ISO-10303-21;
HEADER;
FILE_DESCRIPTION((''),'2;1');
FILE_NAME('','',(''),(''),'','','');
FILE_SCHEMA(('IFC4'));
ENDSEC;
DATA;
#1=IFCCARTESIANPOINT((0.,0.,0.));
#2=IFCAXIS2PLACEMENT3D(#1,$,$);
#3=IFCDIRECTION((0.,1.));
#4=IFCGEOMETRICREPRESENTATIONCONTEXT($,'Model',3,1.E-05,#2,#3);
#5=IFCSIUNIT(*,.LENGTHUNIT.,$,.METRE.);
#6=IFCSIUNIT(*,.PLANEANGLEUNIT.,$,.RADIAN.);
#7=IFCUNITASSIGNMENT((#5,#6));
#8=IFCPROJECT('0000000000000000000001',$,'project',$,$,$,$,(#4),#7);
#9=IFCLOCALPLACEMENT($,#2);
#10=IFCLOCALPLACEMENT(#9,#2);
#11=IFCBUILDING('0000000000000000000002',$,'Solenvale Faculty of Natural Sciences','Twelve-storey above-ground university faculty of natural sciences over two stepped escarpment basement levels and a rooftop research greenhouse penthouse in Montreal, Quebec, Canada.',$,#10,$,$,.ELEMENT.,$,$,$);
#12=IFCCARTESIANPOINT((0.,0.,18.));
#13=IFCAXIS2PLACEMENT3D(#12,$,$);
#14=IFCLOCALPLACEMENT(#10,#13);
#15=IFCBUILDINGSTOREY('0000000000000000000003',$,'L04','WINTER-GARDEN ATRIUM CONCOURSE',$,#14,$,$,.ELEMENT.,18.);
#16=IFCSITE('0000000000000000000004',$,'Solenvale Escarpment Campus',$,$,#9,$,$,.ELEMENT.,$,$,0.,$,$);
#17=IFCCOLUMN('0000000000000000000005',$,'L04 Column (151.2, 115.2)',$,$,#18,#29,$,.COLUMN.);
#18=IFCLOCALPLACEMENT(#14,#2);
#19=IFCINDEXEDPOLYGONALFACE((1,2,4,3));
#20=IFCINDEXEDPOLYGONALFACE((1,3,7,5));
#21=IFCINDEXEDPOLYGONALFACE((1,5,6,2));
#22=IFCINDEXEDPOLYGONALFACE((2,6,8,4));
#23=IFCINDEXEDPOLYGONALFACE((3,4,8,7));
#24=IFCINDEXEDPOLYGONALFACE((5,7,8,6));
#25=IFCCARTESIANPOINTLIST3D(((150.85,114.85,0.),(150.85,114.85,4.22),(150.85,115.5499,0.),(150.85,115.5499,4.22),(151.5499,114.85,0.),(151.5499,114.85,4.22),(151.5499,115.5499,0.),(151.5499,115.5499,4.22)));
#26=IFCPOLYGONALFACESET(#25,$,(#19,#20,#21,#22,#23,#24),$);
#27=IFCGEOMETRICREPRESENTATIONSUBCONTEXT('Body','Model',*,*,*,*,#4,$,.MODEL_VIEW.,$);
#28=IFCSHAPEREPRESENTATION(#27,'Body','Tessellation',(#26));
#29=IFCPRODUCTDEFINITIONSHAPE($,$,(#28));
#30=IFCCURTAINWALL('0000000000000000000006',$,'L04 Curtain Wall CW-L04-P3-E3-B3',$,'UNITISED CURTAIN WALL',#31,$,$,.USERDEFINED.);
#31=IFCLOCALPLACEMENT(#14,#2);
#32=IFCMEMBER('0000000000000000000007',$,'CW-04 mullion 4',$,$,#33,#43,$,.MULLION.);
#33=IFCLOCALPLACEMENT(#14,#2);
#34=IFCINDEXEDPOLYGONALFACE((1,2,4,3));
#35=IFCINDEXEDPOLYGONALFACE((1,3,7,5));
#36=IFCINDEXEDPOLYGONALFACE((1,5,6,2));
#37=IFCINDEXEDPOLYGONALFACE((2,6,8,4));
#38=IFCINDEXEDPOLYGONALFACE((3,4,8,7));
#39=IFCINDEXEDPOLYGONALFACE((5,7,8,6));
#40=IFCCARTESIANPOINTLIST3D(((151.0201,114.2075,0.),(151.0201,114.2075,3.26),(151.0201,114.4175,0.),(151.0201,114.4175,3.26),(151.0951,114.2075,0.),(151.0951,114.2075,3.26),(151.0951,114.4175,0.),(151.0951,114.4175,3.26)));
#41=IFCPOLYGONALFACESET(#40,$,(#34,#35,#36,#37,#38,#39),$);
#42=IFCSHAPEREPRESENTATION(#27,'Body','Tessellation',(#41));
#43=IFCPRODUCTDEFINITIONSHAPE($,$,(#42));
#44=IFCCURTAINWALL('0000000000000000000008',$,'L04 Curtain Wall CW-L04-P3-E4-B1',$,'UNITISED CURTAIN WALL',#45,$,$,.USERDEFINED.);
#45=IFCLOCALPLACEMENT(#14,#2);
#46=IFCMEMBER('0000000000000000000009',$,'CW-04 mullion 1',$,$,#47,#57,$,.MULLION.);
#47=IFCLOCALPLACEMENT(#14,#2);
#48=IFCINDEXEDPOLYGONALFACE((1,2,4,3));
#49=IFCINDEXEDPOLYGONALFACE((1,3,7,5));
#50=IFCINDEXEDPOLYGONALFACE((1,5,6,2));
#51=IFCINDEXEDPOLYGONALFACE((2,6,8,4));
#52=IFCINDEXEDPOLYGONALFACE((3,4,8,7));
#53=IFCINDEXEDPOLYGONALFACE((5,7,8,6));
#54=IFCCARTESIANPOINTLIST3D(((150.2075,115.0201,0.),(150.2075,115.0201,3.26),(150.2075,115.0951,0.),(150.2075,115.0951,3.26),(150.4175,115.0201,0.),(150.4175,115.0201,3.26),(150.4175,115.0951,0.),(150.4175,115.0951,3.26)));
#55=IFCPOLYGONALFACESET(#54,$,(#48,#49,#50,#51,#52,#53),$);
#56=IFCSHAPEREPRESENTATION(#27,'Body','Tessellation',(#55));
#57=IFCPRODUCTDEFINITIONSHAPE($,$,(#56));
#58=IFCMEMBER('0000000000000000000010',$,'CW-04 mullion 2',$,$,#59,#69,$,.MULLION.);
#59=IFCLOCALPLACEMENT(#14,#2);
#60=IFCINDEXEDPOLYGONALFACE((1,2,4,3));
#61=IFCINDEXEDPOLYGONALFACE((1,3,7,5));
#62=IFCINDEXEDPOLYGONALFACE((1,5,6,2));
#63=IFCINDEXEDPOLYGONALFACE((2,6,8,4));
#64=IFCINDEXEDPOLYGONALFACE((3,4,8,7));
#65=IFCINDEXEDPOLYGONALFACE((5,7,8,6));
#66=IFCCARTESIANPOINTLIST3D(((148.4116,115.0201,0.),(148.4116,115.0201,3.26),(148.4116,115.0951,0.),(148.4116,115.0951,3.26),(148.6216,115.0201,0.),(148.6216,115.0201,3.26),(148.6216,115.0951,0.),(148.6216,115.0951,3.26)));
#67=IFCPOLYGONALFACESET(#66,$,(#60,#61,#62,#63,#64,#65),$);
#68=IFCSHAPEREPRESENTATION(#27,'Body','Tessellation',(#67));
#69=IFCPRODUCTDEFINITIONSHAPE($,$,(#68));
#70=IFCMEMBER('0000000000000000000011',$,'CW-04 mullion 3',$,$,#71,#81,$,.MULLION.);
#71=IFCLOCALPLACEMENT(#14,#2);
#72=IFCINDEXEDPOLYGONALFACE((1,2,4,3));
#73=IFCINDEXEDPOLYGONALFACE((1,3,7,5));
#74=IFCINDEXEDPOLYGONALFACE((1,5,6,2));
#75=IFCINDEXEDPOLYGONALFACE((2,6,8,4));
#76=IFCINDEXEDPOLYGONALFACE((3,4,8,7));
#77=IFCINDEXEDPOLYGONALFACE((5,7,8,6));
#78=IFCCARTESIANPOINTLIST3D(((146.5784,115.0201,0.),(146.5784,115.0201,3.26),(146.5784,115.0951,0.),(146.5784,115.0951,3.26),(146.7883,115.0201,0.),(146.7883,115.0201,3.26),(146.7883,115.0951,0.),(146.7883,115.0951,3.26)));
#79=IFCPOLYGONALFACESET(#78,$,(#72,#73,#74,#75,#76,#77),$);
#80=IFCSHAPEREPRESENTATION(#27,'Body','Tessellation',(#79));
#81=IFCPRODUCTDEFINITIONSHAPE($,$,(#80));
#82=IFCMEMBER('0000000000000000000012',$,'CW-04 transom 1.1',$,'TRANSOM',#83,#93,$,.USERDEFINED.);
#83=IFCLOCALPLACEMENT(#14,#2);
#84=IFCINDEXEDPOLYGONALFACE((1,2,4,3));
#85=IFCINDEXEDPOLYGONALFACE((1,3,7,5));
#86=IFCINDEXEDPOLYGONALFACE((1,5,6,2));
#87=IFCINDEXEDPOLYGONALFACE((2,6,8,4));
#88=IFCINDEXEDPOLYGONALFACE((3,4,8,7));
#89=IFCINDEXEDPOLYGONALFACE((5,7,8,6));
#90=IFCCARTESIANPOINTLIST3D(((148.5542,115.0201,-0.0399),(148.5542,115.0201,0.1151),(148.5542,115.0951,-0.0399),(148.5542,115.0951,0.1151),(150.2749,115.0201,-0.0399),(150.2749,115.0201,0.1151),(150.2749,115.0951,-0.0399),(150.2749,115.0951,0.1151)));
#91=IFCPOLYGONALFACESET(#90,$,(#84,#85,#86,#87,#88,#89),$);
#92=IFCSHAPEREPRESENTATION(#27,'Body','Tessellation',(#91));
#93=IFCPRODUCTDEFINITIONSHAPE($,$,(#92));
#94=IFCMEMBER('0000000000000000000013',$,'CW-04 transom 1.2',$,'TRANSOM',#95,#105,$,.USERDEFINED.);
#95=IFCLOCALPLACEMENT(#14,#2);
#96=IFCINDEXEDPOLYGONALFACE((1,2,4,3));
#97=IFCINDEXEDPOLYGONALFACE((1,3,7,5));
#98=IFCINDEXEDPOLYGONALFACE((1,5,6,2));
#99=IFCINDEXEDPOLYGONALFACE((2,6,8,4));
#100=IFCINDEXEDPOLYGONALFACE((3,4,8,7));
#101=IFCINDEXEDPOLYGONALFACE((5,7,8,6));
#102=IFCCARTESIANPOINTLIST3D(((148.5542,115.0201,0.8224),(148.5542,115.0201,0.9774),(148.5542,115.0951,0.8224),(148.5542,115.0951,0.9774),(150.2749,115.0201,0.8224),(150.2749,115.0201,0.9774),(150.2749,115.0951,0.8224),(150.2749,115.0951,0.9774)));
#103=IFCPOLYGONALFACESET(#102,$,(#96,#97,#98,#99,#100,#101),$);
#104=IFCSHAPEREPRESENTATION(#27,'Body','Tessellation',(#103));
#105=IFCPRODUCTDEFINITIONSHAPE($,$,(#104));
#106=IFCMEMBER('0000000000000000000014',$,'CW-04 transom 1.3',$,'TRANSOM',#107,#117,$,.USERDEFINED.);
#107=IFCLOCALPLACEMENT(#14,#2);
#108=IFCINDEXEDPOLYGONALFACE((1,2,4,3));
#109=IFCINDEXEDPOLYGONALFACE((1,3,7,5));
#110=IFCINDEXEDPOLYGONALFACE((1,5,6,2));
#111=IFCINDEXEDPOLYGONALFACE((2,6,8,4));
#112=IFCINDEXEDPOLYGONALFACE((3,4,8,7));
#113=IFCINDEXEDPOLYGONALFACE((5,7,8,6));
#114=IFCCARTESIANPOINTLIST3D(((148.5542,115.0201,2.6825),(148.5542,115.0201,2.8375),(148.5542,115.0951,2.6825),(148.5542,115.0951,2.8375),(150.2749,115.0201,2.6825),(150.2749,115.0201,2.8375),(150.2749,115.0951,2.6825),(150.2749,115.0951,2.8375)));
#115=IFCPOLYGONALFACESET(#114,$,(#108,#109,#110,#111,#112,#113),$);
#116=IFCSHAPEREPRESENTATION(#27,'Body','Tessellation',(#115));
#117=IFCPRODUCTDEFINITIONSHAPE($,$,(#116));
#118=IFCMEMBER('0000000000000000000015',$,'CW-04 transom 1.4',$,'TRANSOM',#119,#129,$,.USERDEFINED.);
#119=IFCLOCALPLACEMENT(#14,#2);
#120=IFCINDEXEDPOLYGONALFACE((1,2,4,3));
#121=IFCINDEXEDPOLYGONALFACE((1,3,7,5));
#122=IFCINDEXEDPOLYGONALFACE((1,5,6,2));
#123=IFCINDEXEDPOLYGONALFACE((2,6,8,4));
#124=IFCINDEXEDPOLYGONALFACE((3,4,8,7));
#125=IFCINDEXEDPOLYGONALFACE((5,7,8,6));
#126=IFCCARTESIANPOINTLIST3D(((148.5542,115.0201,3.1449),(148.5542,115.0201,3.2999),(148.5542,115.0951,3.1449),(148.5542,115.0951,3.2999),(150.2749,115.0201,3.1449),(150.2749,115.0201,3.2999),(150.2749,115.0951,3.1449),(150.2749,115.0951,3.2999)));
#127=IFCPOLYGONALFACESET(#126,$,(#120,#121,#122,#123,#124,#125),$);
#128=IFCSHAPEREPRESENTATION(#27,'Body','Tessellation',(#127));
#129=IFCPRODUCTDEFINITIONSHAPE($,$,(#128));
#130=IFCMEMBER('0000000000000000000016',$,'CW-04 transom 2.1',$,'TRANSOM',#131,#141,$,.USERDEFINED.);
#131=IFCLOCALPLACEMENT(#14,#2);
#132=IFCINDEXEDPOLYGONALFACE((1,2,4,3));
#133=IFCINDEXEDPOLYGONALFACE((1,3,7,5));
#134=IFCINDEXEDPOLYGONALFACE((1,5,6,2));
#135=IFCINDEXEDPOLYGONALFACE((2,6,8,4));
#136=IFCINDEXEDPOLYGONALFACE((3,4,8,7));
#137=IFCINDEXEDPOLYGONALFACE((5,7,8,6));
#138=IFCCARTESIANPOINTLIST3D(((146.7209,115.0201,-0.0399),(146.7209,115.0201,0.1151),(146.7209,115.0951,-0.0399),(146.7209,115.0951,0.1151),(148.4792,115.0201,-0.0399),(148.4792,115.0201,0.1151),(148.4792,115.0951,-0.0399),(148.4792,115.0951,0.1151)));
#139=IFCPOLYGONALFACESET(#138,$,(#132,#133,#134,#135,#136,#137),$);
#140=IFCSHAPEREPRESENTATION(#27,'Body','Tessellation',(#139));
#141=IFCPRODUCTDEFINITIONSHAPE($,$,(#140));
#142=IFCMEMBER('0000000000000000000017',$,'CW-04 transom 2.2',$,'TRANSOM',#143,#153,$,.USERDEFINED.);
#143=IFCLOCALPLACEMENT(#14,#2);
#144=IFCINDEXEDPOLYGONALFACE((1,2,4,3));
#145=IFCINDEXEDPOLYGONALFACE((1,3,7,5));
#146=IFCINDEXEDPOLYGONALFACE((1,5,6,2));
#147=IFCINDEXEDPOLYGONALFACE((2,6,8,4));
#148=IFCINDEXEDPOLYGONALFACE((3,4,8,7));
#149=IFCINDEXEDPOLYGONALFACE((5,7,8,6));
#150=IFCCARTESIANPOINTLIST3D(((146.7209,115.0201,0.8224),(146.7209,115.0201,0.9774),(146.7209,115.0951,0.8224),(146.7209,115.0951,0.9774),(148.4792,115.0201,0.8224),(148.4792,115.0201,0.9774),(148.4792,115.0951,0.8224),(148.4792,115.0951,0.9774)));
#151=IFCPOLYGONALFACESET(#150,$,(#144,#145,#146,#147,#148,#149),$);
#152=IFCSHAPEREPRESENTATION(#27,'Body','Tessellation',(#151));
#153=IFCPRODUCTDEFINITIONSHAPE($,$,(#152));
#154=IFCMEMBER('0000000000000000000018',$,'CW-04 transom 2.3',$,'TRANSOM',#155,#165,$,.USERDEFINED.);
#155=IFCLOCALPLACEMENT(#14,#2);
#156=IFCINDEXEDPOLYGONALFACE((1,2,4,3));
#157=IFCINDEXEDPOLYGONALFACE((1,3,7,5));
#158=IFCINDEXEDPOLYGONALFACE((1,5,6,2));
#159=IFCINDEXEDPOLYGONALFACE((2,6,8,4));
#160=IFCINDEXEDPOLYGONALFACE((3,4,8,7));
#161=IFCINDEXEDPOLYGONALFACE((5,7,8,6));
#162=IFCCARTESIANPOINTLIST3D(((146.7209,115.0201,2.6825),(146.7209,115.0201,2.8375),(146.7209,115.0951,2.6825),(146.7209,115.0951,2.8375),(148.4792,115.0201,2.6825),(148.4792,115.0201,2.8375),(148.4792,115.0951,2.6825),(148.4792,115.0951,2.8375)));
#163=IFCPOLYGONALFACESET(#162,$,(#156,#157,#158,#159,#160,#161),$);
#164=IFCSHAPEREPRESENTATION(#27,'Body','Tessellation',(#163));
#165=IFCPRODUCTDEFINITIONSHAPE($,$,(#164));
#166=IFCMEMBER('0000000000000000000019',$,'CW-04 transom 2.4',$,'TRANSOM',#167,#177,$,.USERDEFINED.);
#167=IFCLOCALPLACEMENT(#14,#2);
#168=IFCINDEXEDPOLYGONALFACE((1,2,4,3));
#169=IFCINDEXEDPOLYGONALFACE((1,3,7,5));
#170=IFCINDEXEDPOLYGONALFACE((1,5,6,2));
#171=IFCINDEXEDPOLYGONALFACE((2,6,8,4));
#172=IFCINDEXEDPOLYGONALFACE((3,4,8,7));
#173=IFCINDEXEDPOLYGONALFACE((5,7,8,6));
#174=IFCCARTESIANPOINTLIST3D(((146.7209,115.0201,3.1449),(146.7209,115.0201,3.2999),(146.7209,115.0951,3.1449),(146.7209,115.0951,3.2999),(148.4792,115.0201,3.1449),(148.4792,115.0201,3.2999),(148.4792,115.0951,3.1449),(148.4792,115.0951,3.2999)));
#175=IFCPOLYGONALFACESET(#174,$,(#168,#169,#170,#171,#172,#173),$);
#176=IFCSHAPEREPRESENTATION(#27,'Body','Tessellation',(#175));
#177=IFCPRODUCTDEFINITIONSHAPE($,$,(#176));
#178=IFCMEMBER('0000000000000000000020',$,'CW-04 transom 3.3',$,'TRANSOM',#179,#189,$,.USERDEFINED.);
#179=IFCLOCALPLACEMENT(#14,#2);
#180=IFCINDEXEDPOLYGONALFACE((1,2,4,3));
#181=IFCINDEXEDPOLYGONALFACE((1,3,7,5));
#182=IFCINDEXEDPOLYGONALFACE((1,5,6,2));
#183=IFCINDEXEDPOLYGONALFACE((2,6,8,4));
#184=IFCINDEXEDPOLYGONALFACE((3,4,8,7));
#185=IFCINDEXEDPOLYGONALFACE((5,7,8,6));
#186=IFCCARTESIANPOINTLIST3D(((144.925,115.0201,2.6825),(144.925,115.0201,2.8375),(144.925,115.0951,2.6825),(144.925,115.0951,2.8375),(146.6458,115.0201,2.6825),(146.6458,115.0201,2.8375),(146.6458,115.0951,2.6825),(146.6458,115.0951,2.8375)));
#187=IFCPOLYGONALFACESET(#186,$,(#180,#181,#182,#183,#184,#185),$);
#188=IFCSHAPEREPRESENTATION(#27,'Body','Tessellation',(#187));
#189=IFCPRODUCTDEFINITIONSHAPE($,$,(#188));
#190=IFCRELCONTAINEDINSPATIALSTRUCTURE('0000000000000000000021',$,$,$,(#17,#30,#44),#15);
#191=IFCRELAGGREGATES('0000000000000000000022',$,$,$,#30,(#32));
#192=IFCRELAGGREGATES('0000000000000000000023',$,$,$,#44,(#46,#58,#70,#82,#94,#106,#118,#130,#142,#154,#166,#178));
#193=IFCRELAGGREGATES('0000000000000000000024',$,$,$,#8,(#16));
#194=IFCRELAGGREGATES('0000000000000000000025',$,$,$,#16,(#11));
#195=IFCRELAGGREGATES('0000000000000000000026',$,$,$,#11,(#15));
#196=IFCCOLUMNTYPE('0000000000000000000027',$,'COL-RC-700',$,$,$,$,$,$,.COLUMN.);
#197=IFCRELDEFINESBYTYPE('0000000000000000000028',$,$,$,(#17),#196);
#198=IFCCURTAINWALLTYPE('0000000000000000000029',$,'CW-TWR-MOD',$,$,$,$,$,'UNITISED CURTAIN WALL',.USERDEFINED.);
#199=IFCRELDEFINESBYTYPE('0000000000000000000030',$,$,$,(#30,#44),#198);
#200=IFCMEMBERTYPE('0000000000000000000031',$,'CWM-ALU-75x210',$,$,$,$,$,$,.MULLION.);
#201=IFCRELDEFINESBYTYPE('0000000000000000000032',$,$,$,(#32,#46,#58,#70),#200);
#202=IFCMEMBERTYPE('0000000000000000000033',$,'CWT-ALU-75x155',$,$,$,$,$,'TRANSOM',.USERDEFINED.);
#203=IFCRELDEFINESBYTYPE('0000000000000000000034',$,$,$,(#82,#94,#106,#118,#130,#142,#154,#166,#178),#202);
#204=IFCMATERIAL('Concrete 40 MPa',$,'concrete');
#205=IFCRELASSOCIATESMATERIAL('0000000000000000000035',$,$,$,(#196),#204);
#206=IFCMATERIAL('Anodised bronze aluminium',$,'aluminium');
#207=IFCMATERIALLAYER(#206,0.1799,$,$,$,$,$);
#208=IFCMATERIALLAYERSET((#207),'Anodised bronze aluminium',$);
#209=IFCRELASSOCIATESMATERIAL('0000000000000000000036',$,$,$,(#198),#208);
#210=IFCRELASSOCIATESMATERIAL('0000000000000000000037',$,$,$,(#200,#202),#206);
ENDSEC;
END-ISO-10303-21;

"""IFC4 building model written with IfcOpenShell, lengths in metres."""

from ifc_helpers import new_model, si_unit, direction, frame, origin, origin_2d, place, context, subcontext, project, spatial, rectangle, extrude, material, layer, layer_set, material_profile, profile_set, type_object, element, aggregate, save


model = new_model("IFC4")

# Units and contexts
model_context = context("Model", 3, precision=1e-05, world=origin(), true_north=direction((0.0, 1.0)))
body_context = subcontext(model_context, "Body", "Model", "MODEL_VIEW")
ifc_project = project(units=[si_unit("LENGTHUNIT", "METRE"), si_unit("PLANEANGLEUNIT", "RADIAN")], contexts=[model_context])

# Site, building, storey
site_placement = place(None, origin())
site = spatial("IfcSite", under=ifc_project, at=site_placement, Name="Solenvale Escarpment Campus", CompositionType="ELEMENT", RefElevation=0.0)
building_placement = place(site_placement, origin())
building = spatial("IfcBuilding", under=site, at=building_placement, Name="Solenvale Faculty of Natural Sciences", Description="Twelve-storey above-ground university faculty of natural sciences over two stepped escarpment basement levels and a rooftop research greenhouse penthouse in Montreal, Quebec, Canada.", CompositionType="ELEMENT")
storey_placement = place(building_placement, frame((0.0, 0.0, 18.0)))
storey = spatial("IfcBuildingStorey", under=building, at=storey_placement, Name="L04", Description="WINTER-GARDEN ATRIUM CONCOURSE", CompositionType="ELEMENT", Elevation=18.0)

# Column
ifc_material_1 = material(Name="Concrete 40 MPa", Category="concrete")
ifc_material_profile_1 = material_profile(ifc_material_1, rectangle(XDim=0.7, YDim=0.7, at=origin_2d()), Name="RC-COL-700x700")
ifc_profile_set_1 = profile_set([ifc_material_profile_1], Name="Concrete 40 MPa")
column_type = type_object("IfcColumnType", Name="COL-RC-700", PredefinedType="COLUMN", material=ifc_profile_set_1)
column_placement = place(storey_placement, frame((151.2, 115.2, 0.0), z_axis=(0.0, 0.0, 1.0), x_axis=(1.0, 0.0, 0.0)))
element("IfcColumn", 1, at=column_placement, inside=storey, type_object=column_type, Name="L04 Column (151.2, 115.2)", PredefinedType="COLUMN", context=body_context, shape_type="SweptSolid", body=[
    extrude(rectangle(XDim=0.7, YDim=0.7, at=origin_2d()), origin(), (0.0, 0.0, 1.0), 4.22),
])

# Curtain wall, member
ifc_material_2 = material(Name="Anodised bronze aluminium", Category="aluminium")
ifc_layer_1 = layer(ifc_material_2, 0.1799)
ifc_layer_set_1 = layer_set([ifc_layer_1], Name="Anodised bronze aluminium")
curtain_wall_type = type_object("IfcCurtainWallType", Name="CW-TWR-MOD", ElementType="UNITISED CURTAIN WALL", PredefinedType="USERDEFINED", material=ifc_layer_set_1)
curtain_wall_1_placement = place(storey_placement, origin())
curtain_wall_1 = element("IfcCurtainWall", 2, at=curtain_wall_1_placement, inside=storey, type_object=curtain_wall_type, Name="L04 Curtain Wall CW-L04-P3-E3-B3", ObjectType="UNITISED CURTAIN WALL", PredefinedType="USERDEFINED")
ifc_material_profile_2 = material_profile(ifc_material_2, rectangle(XDim=0.075, YDim=0.21, at=origin_2d()), Name="ALU-MUL-75x210")
ifc_profile_set_2 = profile_set([ifc_material_profile_2], Name="Anodised bronze aluminium")
member_type_1 = type_object("IfcMemberType", Name="CWM-ALU-75x210", PredefinedType="MULLION", material=ifc_profile_set_2)
member_1_placement = place(storey_placement, frame((151.0576, 114.3125, 0.0), z_axis=(0.0, 0.0, 1.0), x_axis=(-1.0, 0.0, 0.0)))
member_1 = element("IfcMember", 3, at=member_1_placement, type_object=member_type_1, Name="CW-04 mullion 4", PredefinedType="MULLION", context=body_context, shape_type="SweptSolid", body=[
    extrude(rectangle(XDim=0.075, YDim=0.21, at=origin_2d()), origin(), (0.0, 0.0, 1.0), 3.26),
])
aggregate(curtain_wall_1, [member_1])

# Curtain wall, members
curtain_wall_2_placement = place(storey_placement, origin())
curtain_wall_2 = element("IfcCurtainWall", 4, at=curtain_wall_2_placement, inside=storey, type_object=curtain_wall_type, Name="L04 Curtain Wall CW-L04-P3-E4-B1", ObjectType="UNITISED CURTAIN WALL", PredefinedType="USERDEFINED")
member_2_placement = place(storey_placement, frame((150.3125, 115.0576, 0.0), z_axis=(0.0, 0.0, 1.0), x_axis=(0.0, -1.0, 0.0)))
member_2 = element("IfcMember", 5, at=member_2_placement, type_object=member_type_1, Name="CW-04 mullion 1", PredefinedType="MULLION", context=body_context, shape_type="SweptSolid", body=[
    extrude(rectangle(XDim=0.075, YDim=0.21, at=origin_2d()), origin(), (0.0, 0.0, 1.0), 3.26),
])
member_3_placement = place(storey_placement, frame((148.5166, 115.0576, 0.0), z_axis=(0.0, 0.0, 1.0), x_axis=(0.0, -1.0, 0.0)))
member_3 = element("IfcMember", 6, at=member_3_placement, type_object=member_type_1, Name="CW-04 mullion 2", PredefinedType="MULLION", context=body_context, shape_type="SweptSolid", body=[
    extrude(rectangle(XDim=0.075, YDim=0.21, at=origin_2d()), origin(), (0.0, 0.0, 1.0), 3.26),
])
member_4_placement = place(storey_placement, frame((146.6833, 115.0576, 0.0), z_axis=(0.0, 0.0, 1.0), x_axis=(0.0, -1.0, 0.0)))
member_4 = element("IfcMember", 7, at=member_4_placement, type_object=member_type_1, Name="CW-04 mullion 3", PredefinedType="MULLION", context=body_context, shape_type="SweptSolid", body=[
    extrude(rectangle(XDim=0.075, YDim=0.21, at=origin_2d()), origin(), (0.0, 0.0, 1.0), 3.26),
])
ifc_material_profile_3 = material_profile(ifc_material_2, rectangle(XDim=0.075, YDim=0.155, at=origin_2d()), Name="ALU-TRN-75x155")
ifc_profile_set_3 = profile_set([ifc_material_profile_3], Name="Anodised bronze aluminium")
member_type_2 = type_object("IfcMemberType", Name="CWT-ALU-75x155", ElementType="TRANSOM", PredefinedType="USERDEFINED", material=ifc_profile_set_3)
member_5_placement = place(storey_placement, frame((150.2749, 115.0576, 0.0376), z_axis=(-1.0, 0.0, 0.0), x_axis=(0.0, -1.0, 0.0)))
member_5 = element("IfcMember", 8, at=member_5_placement, type_object=member_type_2, Name="CW-04 transom 1.1", ObjectType="TRANSOM", PredefinedType="USERDEFINED", context=body_context, shape_type="SweptSolid", body=[
    extrude(rectangle(XDim=0.075, YDim=0.155, at=origin_2d()), origin(), (0.0, 0.0, 1.0), 1.7207),
])
member_6_placement = place(storey_placement, frame((150.2749, 115.0576, 0.8999), z_axis=(-1.0, 0.0, 0.0), x_axis=(0.0, -1.0, 0.0)))
member_6 = element("IfcMember", 9, at=member_6_placement, type_object=member_type_2, Name="CW-04 transom 1.2", ObjectType="TRANSOM", PredefinedType="USERDEFINED", context=body_context, shape_type="SweptSolid", body=[
    extrude(rectangle(XDim=0.075, YDim=0.155, at=origin_2d()), origin(), (0.0, 0.0, 1.0), 1.7207),
])
member_7_placement = place(storey_placement, frame((150.2749, 115.0576, 2.76), z_axis=(-1.0, 0.0, 0.0), x_axis=(0.0, -1.0, 0.0)))
member_7 = element("IfcMember", 10, at=member_7_placement, type_object=member_type_2, Name="CW-04 transom 1.3", ObjectType="TRANSOM", PredefinedType="USERDEFINED", context=body_context, shape_type="SweptSolid", body=[
    extrude(rectangle(XDim=0.075, YDim=0.155, at=origin_2d()), origin(), (0.0, 0.0, 1.0), 1.7207),
])
member_8_placement = place(storey_placement, frame((150.2749, 115.0576, 3.2224), z_axis=(-1.0, 0.0, 0.0), x_axis=(0.0, -1.0, 0.0)))
member_8 = element("IfcMember", 11, at=member_8_placement, type_object=member_type_2, Name="CW-04 transom 1.4", ObjectType="TRANSOM", PredefinedType="USERDEFINED", context=body_context, shape_type="SweptSolid", body=[
    extrude(rectangle(XDim=0.075, YDim=0.155, at=origin_2d()), origin(), (0.0, 0.0, 1.0), 1.7207),
])
member_9_placement = place(storey_placement, frame((148.4792, 115.0576, 0.0376), z_axis=(-1.0, 0.0, 0.0), x_axis=(0.0, -1.0, 0.0)))
member_9 = element("IfcMember", 12, at=member_9_placement, type_object=member_type_2, Name="CW-04 transom 2.1", ObjectType="TRANSOM", PredefinedType="USERDEFINED", context=body_context, shape_type="SweptSolid", body=[
    extrude(rectangle(XDim=0.075, YDim=0.155, at=origin_2d()), origin(), (0.0, 0.0, 1.0), 1.7583),
])
member_10_placement = place(storey_placement, frame((148.4792, 115.0576, 0.8999), z_axis=(-1.0, 0.0, 0.0), x_axis=(0.0, -1.0, 0.0)))
member_10 = element("IfcMember", 13, at=member_10_placement, type_object=member_type_2, Name="CW-04 transom 2.2", ObjectType="TRANSOM", PredefinedType="USERDEFINED", context=body_context, shape_type="SweptSolid", body=[
    extrude(rectangle(XDim=0.075, YDim=0.155, at=origin_2d()), origin(), (0.0, 0.0, 1.0), 1.7583),
])
member_11_placement = place(storey_placement, frame((148.4792, 115.0576, 2.76), z_axis=(-1.0, 0.0, 0.0), x_axis=(0.0, -1.0, 0.0)))
member_11 = element("IfcMember", 14, at=member_11_placement, type_object=member_type_2, Name="CW-04 transom 2.3", ObjectType="TRANSOM", PredefinedType="USERDEFINED", context=body_context, shape_type="SweptSolid", body=[
    extrude(rectangle(XDim=0.075, YDim=0.155, at=origin_2d()), origin(), (0.0, 0.0, 1.0), 1.7583),
])
member_12_placement = place(storey_placement, frame((148.4792, 115.0576, 3.2224), z_axis=(-1.0, 0.0, 0.0), x_axis=(0.0, -1.0, 0.0)))
member_12 = element("IfcMember", 15, at=member_12_placement, type_object=member_type_2, Name="CW-04 transom 2.4", ObjectType="TRANSOM", PredefinedType="USERDEFINED", context=body_context, shape_type="SweptSolid", body=[
    extrude(rectangle(XDim=0.075, YDim=0.155, at=origin_2d()), origin(), (0.0, 0.0, 1.0), 1.7583),
])
member_13_placement = place(storey_placement, frame((146.6458, 115.0576, 2.76), z_axis=(-1.0, 0.0, 0.0), x_axis=(0.0, -1.0, 0.0)))
member_13 = element("IfcMember", 16, at=member_13_placement, type_object=member_type_2, Name="CW-04 transom 3.3", ObjectType="TRANSOM", PredefinedType="USERDEFINED", context=body_context, shape_type="SweptSolid", body=[
    extrude(rectangle(XDim=0.075, YDim=0.155, at=origin_2d()), origin(), (0.0, 0.0, 1.0), 1.7207),
])
aggregate(curtain_wall_2, [member_2, member_3, member_4, member_5, member_6, member_7, member_8, member_9, member_10, member_11, member_12, member_13])

save(model, "model.ifc")
